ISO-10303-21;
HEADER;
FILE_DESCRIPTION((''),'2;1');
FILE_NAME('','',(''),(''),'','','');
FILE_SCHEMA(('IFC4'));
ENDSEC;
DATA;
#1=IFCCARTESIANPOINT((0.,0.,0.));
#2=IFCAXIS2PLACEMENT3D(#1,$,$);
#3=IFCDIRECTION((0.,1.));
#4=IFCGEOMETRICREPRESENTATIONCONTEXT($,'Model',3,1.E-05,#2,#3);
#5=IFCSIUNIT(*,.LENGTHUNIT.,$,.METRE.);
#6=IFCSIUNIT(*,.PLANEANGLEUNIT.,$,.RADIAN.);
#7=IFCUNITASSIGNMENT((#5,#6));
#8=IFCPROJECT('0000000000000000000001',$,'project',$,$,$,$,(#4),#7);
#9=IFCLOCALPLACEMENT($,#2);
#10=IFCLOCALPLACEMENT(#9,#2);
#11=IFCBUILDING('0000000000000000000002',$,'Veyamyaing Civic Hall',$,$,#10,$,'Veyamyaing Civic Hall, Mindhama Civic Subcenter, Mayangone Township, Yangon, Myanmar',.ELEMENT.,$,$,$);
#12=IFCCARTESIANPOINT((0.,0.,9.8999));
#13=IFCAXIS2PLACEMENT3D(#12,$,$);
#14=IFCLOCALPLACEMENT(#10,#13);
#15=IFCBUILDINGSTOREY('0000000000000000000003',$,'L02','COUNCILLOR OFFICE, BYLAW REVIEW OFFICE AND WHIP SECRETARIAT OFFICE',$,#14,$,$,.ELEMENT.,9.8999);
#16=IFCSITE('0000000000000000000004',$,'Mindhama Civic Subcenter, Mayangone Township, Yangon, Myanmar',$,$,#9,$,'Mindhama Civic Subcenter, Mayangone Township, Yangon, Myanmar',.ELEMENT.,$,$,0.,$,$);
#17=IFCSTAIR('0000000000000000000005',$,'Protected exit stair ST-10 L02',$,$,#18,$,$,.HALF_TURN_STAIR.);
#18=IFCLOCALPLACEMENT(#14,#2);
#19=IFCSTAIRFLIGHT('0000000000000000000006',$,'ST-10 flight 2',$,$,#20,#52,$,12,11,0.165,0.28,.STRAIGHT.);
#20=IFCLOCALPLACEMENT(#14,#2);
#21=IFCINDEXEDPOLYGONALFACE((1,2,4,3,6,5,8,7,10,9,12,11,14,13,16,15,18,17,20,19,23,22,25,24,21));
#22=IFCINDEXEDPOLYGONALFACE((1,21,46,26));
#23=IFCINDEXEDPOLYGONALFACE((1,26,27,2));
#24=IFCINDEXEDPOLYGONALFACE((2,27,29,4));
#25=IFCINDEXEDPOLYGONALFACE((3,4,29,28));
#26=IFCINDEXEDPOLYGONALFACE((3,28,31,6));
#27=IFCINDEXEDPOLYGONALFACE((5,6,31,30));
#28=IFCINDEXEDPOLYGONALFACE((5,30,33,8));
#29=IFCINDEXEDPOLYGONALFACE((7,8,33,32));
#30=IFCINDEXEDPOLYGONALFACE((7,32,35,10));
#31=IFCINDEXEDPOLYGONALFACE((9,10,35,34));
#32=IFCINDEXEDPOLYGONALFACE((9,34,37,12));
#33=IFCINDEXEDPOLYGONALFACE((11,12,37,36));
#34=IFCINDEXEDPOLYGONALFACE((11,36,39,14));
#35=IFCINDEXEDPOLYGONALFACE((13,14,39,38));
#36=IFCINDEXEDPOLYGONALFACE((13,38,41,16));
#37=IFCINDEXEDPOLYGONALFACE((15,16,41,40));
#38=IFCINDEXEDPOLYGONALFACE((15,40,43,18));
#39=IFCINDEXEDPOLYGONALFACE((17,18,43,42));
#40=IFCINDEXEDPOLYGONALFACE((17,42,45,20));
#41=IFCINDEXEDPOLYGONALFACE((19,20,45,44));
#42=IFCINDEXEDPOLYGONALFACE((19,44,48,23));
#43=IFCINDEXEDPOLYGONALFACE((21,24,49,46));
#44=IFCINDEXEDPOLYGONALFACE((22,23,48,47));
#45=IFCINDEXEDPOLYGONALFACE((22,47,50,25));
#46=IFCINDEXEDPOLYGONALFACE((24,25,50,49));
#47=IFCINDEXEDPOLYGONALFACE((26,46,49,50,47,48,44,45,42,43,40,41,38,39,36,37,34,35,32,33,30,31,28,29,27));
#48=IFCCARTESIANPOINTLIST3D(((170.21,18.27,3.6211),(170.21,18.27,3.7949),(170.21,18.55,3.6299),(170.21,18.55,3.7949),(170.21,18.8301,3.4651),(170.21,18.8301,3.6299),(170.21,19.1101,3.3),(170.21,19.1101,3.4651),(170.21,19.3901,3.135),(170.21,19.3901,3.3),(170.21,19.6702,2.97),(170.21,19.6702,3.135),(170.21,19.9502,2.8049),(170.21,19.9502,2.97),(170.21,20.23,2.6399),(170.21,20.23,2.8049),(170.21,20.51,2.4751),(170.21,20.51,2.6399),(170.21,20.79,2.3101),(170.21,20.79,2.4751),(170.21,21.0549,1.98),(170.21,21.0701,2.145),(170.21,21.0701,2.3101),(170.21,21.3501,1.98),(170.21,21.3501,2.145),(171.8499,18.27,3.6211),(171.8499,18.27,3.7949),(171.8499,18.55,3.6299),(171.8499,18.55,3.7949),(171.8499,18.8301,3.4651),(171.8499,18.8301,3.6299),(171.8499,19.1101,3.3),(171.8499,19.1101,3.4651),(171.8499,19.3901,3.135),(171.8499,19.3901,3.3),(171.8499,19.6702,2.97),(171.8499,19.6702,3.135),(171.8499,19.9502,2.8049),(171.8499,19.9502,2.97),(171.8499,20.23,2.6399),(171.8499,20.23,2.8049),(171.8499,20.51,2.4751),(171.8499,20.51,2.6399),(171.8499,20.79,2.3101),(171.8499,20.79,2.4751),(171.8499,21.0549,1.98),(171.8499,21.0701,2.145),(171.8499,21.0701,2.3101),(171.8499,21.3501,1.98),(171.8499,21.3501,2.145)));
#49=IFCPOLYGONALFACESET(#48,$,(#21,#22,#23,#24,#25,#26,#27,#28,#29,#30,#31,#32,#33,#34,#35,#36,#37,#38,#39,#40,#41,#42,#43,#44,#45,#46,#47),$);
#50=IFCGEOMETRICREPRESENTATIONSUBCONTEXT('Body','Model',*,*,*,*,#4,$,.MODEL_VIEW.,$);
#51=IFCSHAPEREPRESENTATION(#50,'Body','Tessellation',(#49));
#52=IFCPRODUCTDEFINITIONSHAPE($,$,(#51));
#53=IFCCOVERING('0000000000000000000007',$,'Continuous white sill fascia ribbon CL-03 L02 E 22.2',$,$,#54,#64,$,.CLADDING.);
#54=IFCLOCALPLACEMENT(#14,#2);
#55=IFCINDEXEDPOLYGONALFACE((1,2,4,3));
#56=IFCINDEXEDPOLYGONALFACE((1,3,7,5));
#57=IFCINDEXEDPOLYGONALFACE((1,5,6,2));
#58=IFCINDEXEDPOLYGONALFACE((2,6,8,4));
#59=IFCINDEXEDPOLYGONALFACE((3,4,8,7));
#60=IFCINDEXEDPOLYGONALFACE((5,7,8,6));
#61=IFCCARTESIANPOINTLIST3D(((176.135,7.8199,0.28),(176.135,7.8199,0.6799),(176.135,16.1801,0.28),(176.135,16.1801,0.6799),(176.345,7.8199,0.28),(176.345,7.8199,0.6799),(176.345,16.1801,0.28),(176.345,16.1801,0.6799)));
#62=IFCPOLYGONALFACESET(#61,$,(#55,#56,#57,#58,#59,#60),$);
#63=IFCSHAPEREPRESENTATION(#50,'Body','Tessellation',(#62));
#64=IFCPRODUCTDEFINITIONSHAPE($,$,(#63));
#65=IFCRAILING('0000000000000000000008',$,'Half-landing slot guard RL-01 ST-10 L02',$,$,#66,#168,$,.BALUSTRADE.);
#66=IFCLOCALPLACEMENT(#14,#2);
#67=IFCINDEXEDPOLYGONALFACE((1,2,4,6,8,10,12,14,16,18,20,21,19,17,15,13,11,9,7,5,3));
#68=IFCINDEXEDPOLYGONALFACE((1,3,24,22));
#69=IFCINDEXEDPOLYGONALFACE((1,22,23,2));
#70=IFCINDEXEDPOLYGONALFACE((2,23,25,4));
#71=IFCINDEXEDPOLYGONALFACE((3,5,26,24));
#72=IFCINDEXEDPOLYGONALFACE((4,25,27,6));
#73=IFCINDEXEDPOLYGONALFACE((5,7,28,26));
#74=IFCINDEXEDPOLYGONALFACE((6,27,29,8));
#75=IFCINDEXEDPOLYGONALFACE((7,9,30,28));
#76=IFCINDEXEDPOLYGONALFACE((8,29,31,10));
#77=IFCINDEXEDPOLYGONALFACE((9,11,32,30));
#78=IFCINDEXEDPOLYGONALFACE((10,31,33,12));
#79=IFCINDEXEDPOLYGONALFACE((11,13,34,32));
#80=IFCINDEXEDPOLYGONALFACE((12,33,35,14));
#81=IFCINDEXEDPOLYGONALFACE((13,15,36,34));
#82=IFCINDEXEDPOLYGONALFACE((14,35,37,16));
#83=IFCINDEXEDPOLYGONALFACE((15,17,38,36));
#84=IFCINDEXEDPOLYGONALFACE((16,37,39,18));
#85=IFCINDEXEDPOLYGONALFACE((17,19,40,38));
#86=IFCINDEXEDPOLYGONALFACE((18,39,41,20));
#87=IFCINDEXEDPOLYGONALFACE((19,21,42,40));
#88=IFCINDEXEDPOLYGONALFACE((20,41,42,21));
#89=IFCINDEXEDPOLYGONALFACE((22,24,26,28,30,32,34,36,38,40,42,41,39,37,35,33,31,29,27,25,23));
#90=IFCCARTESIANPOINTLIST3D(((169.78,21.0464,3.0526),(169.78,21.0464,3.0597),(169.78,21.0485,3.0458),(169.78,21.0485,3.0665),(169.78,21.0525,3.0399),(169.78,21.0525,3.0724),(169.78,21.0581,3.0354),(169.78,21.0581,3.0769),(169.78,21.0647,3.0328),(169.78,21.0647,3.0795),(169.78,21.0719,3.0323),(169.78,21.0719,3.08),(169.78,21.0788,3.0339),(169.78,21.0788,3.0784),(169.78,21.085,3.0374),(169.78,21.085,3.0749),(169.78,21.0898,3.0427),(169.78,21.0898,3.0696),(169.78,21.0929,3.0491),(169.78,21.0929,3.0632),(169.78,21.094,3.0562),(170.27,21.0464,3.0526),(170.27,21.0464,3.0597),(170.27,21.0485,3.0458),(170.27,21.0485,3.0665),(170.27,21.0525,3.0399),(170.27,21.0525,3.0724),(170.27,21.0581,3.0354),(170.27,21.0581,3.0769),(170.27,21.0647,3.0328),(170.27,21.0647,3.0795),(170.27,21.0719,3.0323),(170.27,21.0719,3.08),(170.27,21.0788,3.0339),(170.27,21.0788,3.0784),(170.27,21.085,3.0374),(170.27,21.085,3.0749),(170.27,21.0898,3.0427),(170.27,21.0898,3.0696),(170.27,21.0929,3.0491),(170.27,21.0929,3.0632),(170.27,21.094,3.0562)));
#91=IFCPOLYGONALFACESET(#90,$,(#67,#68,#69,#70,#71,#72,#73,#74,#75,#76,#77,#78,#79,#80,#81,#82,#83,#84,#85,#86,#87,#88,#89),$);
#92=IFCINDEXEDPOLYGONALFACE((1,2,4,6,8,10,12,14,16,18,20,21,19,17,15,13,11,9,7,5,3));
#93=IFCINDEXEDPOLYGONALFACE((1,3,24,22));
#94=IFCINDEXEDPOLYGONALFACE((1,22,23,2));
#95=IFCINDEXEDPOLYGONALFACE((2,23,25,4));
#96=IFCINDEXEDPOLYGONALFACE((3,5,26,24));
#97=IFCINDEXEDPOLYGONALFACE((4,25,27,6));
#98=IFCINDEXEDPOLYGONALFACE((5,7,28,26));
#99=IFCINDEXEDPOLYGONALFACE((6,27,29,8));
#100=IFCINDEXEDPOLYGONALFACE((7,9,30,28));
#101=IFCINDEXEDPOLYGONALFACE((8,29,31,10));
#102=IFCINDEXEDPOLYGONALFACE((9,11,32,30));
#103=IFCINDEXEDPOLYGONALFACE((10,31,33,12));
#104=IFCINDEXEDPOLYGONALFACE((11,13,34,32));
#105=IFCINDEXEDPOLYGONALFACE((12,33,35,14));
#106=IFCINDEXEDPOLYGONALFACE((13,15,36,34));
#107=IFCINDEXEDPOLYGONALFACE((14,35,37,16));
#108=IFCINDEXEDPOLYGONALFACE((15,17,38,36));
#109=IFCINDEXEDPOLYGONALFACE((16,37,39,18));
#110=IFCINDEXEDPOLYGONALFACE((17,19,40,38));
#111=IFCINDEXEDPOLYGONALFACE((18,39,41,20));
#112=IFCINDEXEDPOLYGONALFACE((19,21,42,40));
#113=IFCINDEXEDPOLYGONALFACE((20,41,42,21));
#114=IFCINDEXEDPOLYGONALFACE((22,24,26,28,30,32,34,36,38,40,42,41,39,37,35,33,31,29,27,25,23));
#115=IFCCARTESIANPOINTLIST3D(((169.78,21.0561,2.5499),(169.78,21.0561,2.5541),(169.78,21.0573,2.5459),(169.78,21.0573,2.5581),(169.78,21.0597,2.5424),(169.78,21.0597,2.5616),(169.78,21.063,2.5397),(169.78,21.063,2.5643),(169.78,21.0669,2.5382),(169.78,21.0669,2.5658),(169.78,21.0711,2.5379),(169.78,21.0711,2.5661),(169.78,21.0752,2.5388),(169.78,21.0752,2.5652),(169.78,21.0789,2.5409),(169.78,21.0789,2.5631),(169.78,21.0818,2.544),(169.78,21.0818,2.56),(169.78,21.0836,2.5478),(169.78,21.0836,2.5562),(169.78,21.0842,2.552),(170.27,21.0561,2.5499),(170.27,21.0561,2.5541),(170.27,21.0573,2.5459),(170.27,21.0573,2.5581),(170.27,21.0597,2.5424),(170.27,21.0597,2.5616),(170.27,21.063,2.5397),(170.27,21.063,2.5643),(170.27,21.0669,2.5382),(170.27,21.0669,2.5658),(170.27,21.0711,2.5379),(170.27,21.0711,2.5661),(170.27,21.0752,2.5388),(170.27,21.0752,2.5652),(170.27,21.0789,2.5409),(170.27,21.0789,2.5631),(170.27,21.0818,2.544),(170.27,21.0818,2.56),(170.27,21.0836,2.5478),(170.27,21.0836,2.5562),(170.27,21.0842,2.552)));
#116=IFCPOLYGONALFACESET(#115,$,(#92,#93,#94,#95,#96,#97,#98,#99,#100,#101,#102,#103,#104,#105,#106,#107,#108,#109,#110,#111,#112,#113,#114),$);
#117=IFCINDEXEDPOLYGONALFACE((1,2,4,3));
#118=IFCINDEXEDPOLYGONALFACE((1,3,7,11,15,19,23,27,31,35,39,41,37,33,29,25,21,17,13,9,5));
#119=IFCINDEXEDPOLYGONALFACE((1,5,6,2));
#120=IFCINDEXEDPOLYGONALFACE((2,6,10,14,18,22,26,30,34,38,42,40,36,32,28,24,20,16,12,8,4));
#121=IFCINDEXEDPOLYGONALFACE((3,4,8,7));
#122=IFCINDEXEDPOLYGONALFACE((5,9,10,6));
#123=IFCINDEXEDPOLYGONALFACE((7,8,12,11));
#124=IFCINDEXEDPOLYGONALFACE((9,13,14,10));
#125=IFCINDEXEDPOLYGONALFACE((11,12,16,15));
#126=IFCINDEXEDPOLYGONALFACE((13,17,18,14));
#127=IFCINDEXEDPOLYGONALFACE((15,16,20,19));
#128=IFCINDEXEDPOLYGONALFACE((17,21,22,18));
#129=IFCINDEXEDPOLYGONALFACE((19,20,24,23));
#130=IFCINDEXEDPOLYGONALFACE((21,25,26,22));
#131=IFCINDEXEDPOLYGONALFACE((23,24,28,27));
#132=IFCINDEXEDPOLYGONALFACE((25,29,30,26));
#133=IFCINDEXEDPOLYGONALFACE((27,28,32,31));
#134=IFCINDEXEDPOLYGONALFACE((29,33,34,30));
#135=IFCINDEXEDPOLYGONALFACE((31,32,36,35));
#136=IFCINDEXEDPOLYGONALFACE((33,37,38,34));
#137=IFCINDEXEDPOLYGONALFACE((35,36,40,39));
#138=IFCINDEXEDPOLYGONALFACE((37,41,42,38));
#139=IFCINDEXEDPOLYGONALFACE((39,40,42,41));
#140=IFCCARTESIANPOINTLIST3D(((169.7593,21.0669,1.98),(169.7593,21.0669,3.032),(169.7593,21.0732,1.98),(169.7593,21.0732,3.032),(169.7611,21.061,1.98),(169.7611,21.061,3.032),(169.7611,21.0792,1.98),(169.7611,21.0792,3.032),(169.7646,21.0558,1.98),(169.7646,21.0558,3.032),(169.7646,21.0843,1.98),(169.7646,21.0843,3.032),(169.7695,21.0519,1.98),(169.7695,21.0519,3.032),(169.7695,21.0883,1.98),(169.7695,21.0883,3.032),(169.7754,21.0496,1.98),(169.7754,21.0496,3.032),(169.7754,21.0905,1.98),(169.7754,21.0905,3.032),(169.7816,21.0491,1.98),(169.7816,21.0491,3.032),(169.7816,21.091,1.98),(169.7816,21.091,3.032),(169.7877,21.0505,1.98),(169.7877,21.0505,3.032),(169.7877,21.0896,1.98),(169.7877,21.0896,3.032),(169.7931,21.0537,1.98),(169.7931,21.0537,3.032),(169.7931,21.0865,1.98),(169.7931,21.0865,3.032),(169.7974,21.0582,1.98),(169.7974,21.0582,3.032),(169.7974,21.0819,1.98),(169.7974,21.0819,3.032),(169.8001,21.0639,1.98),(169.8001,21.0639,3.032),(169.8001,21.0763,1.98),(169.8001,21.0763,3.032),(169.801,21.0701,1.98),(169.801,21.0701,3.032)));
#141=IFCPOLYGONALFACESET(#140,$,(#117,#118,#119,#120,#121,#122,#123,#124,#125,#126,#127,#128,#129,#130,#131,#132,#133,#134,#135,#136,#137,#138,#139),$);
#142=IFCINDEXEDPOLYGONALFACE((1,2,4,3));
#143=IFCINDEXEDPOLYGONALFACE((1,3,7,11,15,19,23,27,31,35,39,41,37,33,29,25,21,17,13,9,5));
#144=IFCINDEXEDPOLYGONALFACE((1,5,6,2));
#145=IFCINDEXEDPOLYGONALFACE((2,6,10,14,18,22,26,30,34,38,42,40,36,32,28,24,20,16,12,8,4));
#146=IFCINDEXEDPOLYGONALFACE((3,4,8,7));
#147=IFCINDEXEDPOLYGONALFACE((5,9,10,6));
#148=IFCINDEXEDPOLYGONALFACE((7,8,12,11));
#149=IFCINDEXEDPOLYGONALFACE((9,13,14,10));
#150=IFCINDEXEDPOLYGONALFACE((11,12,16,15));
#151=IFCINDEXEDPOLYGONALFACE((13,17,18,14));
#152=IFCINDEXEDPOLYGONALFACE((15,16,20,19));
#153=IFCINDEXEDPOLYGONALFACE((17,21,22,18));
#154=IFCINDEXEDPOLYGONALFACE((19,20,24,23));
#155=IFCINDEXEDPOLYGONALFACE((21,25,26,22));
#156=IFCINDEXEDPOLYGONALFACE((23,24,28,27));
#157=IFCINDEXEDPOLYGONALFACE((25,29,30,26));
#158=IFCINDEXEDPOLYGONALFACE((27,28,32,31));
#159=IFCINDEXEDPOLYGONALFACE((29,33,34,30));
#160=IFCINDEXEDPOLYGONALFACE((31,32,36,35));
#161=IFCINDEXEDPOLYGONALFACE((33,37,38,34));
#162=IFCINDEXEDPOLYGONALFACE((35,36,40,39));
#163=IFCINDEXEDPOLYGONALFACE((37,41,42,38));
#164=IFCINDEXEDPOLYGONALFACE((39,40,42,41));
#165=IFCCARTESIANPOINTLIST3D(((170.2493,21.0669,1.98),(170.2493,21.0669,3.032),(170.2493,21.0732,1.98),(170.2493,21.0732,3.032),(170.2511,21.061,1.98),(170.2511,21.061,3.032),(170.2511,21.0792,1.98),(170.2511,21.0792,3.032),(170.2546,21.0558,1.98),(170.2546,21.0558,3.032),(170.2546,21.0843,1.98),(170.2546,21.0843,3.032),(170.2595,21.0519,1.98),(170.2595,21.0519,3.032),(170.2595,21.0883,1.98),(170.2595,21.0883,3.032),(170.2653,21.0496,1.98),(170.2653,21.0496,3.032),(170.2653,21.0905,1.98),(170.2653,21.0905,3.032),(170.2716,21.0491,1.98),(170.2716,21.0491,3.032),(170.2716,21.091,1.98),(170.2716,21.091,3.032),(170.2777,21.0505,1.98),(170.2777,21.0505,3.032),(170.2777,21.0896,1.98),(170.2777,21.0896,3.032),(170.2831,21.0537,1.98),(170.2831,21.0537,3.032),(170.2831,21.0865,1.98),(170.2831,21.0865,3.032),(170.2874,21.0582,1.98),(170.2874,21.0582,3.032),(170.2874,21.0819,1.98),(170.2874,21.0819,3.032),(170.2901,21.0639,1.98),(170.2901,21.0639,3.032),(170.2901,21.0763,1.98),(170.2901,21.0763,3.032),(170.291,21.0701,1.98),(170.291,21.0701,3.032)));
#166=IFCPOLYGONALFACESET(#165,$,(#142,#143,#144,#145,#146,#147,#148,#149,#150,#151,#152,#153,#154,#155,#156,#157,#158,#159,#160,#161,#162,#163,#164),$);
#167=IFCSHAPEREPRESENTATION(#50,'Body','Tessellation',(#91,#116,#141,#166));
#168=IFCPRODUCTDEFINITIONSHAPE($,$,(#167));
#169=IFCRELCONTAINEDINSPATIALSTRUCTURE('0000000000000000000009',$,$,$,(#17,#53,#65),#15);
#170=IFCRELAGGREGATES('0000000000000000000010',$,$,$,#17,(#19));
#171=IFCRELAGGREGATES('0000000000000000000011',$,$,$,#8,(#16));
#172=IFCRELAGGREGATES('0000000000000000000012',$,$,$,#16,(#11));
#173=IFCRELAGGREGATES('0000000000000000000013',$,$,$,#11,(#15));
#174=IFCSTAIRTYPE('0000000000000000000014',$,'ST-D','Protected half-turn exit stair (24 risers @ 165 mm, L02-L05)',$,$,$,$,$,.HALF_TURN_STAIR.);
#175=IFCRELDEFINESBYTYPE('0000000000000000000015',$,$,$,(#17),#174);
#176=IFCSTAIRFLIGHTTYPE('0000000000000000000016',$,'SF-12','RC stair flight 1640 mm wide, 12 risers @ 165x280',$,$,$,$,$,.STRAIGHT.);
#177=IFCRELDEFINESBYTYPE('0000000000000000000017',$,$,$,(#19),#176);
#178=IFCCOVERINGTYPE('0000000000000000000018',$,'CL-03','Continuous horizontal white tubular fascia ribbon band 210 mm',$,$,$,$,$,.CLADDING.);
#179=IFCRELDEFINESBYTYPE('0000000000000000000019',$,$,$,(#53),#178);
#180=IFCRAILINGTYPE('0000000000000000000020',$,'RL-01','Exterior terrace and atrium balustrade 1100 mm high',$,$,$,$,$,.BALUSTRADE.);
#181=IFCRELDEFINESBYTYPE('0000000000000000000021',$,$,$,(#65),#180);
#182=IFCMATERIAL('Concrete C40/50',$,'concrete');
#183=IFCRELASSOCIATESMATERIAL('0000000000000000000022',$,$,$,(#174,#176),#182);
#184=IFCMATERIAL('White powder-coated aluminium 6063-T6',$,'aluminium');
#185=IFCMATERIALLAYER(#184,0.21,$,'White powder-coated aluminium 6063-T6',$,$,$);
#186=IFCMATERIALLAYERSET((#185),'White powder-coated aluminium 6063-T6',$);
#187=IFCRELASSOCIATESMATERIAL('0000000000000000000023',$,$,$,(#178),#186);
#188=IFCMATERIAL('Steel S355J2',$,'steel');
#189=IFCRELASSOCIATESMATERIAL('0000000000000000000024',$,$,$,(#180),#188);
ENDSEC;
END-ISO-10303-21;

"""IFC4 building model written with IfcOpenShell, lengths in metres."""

from ifc_helpers import new_model, si_unit, direction, frame, origin, origin_2d, place, context, subcontext, project, spatial, polyline, rectangle, circle, outline, extrude, material, layer, layer_set, type_object, element, aggregate, save


model = new_model("IFC4")

# Units and contexts
model_context = context("Model", 3, precision=1e-05, world=origin(), true_north=direction((0.0, 1.0)))
body_context = subcontext(model_context, "Body", "Model", "MODEL_VIEW")
ifc_project = project(units=[si_unit("LENGTHUNIT", "METRE"), si_unit("PLANEANGLEUNIT", "RADIAN")], contexts=[model_context])

# Site, building, storey
site_placement = place(None, origin())
site = spatial("IfcSite", under=ifc_project, at=site_placement, Name="Mindhama Civic Subcenter, Mayangone Township, Yangon, Myanmar", LongName="Mindhama Civic Subcenter, Mayangone Township, Yangon, Myanmar", CompositionType="ELEMENT", RefElevation=0.0)
building_placement = place(site_placement, origin())
building = spatial("IfcBuilding", under=site, at=building_placement, Name="Veyamyaing Civic Hall", LongName="Veyamyaing Civic Hall, Mindhama Civic Subcenter, Mayangone Township, Yangon, Myanmar", CompositionType="ELEMENT")
storey_placement = place(building_placement, frame((0.0, 0.0, 9.8999)))
storey = spatial("IfcBuildingStorey", under=building, at=storey_placement, Name="L02", Description="COUNCILLOR OFFICE, BYLAW REVIEW OFFICE AND WHIP SECRETARIAT OFFICE", CompositionType="ELEMENT", Elevation=9.8999)

# Shared definitions
ifc_material_1 = material(Name="Concrete C40/50", Category="concrete")

# Stair, stair flight
stair_type = type_object("IfcStairType", Name="ST-D", Description="Protected half-turn exit stair (24 risers @ 165 mm, L02-L05)", PredefinedType="HALF_TURN_STAIR", material=ifc_material_1)
stair_placement = place(storey_placement, origin())
stair = element("IfcStair", 1, at=stair_placement, inside=storey, type_object=stair_type, Name="Protected exit stair ST-10 L02", PredefinedType="HALF_TURN_STAIR")
stair_flight_type = type_object("IfcStairFlightType", Name="SF-12", Description="RC stair flight 1640 mm wide, 12 risers @ 165x280", PredefinedType="STRAIGHT", material=ifc_material_1)
stair_flight_1_placement = place(storey_placement, frame((171.03, 21.3501, 1.98), z_axis=(0.0, 0.0, 1.0), x_axis=(0.0, -1.0, 0.0)))
stair_flight_1 = element("IfcStairFlight", 2, at=stair_flight_1_placement, type_object=stair_flight_type, Name="ST-10 flight 2", NumberOfRisers=12, NumberOfTreads=11, PredefinedType="STRAIGHT", RiserHeight=0.165, TreadLength=0.28, context=body_context, shape_type="SweptSolid", body=[
    extrude(outline(polyline([(0.0, 0.0), (0.0, 0.165), (0.28, 0.165), (0.28, 0.3301), (0.5601, 0.3301), (0.5601, 0.4951), (0.8401, 0.4951), (0.8401, 0.6599), (1.1201, 0.6599), (1.1201, 0.825), (1.3999, 0.825), (1.3999, 0.99), (1.6799, 0.99), (1.6799, 1.155), (1.96, 1.155), (1.96, 1.3201), (2.24, 1.3201), (2.24, 1.4851), (2.52, 1.4851), (2.52, 1.6499), (2.8, 1.6499), (2.8, 1.8149), (3.0801, 1.8149), (3.0801, 1.98), (3.0801, 1.6411), (0.2952, 0.0), (0.0, 0.0)])), frame((0.0, 0.8198, 0.0), z_axis=(0.0, -1.0, 0.0), x_axis=(1.0, 0.0, 0.0)), (0.0, 0.0, 1.0), 1.6399),
])
aggregate(stair, [stair_flight_1])

# Covering
ifc_material_2 = material(Name="White powder-coated aluminium 6063-T6", Category="aluminium")
ifc_layer_1 = layer(ifc_material_2, 0.21, Name="White powder-coated aluminium 6063-T6")
ifc_layer_set_1 = layer_set([ifc_layer_1], Name="White powder-coated aluminium 6063-T6")
covering_type = type_object("IfcCoveringType", Name="CL-03", Description="Continuous horizontal white tubular fascia ribbon band 210 mm", PredefinedType="CLADDING", material=ifc_layer_set_1)
covering_placement = place(storey_placement, frame((176.24, 12.0, 0.28), z_axis=(0.0, 0.0, 1.0), x_axis=(0.0, 1.0, 0.0)))
element("IfcCovering", 3, at=covering_placement, inside=storey, type_object=covering_type, Name="Continuous white sill fascia ribbon CL-03 L02 E 22.2", PredefinedType="CLADDING", context=body_context, shape_type="SweptSolid", body=[
    extrude(rectangle(XDim=8.3601, YDim=0.21, at=origin_2d()), origin(), (0.0, 0.0, 1.0), 0.3999),
])

# Railing
ifc_material_3 = material(Name="Steel S355J2", Category="steel")
railing_type_1 = type_object("IfcRailingType", Name="RL-01", Description="Exterior terrace and atrium balustrade 1100 mm high", PredefinedType="BALUSTRADE", material=ifc_material_3)
railing_1_placement = place(storey_placement, frame((169.78, 21.0701, 1.98)))
element("IfcRailing", 4, at=railing_1_placement, inside=storey, type_object=railing_type_1, Name="Half-landing slot guard RL-01 ST-10 L02", PredefinedType="BALUSTRADE", context=body_context, shape_type="SweptSolid", body=[
    extrude(circle(Radius=0.0239, at=origin_2d()), frame((0.0, 0.0, 1.0762), z_axis=(1.0, 0.0, 0.0), x_axis=(0.0, 1.0, 0.0)), (0.0, 0.0, 1.0), 0.49),
    extrude(circle(Radius=0.0142, at=origin_2d()), frame((0.0, 0.0, 0.572), z_axis=(1.0, 0.0, 0.0), x_axis=(0.0, 1.0, 0.0)), (0.0, 0.0, 1.0), 0.49),
    extrude(circle(Radius=0.021, at=origin_2d()), origin(), (0.0, 0.0, 1.0), 1.052),
    extrude(circle(Radius=0.021, at=origin_2d()), frame((0.49, 0.0, 0.0)), (0.0, 0.0, 1.0), 1.052),
])

save(model, "model.ifc")
